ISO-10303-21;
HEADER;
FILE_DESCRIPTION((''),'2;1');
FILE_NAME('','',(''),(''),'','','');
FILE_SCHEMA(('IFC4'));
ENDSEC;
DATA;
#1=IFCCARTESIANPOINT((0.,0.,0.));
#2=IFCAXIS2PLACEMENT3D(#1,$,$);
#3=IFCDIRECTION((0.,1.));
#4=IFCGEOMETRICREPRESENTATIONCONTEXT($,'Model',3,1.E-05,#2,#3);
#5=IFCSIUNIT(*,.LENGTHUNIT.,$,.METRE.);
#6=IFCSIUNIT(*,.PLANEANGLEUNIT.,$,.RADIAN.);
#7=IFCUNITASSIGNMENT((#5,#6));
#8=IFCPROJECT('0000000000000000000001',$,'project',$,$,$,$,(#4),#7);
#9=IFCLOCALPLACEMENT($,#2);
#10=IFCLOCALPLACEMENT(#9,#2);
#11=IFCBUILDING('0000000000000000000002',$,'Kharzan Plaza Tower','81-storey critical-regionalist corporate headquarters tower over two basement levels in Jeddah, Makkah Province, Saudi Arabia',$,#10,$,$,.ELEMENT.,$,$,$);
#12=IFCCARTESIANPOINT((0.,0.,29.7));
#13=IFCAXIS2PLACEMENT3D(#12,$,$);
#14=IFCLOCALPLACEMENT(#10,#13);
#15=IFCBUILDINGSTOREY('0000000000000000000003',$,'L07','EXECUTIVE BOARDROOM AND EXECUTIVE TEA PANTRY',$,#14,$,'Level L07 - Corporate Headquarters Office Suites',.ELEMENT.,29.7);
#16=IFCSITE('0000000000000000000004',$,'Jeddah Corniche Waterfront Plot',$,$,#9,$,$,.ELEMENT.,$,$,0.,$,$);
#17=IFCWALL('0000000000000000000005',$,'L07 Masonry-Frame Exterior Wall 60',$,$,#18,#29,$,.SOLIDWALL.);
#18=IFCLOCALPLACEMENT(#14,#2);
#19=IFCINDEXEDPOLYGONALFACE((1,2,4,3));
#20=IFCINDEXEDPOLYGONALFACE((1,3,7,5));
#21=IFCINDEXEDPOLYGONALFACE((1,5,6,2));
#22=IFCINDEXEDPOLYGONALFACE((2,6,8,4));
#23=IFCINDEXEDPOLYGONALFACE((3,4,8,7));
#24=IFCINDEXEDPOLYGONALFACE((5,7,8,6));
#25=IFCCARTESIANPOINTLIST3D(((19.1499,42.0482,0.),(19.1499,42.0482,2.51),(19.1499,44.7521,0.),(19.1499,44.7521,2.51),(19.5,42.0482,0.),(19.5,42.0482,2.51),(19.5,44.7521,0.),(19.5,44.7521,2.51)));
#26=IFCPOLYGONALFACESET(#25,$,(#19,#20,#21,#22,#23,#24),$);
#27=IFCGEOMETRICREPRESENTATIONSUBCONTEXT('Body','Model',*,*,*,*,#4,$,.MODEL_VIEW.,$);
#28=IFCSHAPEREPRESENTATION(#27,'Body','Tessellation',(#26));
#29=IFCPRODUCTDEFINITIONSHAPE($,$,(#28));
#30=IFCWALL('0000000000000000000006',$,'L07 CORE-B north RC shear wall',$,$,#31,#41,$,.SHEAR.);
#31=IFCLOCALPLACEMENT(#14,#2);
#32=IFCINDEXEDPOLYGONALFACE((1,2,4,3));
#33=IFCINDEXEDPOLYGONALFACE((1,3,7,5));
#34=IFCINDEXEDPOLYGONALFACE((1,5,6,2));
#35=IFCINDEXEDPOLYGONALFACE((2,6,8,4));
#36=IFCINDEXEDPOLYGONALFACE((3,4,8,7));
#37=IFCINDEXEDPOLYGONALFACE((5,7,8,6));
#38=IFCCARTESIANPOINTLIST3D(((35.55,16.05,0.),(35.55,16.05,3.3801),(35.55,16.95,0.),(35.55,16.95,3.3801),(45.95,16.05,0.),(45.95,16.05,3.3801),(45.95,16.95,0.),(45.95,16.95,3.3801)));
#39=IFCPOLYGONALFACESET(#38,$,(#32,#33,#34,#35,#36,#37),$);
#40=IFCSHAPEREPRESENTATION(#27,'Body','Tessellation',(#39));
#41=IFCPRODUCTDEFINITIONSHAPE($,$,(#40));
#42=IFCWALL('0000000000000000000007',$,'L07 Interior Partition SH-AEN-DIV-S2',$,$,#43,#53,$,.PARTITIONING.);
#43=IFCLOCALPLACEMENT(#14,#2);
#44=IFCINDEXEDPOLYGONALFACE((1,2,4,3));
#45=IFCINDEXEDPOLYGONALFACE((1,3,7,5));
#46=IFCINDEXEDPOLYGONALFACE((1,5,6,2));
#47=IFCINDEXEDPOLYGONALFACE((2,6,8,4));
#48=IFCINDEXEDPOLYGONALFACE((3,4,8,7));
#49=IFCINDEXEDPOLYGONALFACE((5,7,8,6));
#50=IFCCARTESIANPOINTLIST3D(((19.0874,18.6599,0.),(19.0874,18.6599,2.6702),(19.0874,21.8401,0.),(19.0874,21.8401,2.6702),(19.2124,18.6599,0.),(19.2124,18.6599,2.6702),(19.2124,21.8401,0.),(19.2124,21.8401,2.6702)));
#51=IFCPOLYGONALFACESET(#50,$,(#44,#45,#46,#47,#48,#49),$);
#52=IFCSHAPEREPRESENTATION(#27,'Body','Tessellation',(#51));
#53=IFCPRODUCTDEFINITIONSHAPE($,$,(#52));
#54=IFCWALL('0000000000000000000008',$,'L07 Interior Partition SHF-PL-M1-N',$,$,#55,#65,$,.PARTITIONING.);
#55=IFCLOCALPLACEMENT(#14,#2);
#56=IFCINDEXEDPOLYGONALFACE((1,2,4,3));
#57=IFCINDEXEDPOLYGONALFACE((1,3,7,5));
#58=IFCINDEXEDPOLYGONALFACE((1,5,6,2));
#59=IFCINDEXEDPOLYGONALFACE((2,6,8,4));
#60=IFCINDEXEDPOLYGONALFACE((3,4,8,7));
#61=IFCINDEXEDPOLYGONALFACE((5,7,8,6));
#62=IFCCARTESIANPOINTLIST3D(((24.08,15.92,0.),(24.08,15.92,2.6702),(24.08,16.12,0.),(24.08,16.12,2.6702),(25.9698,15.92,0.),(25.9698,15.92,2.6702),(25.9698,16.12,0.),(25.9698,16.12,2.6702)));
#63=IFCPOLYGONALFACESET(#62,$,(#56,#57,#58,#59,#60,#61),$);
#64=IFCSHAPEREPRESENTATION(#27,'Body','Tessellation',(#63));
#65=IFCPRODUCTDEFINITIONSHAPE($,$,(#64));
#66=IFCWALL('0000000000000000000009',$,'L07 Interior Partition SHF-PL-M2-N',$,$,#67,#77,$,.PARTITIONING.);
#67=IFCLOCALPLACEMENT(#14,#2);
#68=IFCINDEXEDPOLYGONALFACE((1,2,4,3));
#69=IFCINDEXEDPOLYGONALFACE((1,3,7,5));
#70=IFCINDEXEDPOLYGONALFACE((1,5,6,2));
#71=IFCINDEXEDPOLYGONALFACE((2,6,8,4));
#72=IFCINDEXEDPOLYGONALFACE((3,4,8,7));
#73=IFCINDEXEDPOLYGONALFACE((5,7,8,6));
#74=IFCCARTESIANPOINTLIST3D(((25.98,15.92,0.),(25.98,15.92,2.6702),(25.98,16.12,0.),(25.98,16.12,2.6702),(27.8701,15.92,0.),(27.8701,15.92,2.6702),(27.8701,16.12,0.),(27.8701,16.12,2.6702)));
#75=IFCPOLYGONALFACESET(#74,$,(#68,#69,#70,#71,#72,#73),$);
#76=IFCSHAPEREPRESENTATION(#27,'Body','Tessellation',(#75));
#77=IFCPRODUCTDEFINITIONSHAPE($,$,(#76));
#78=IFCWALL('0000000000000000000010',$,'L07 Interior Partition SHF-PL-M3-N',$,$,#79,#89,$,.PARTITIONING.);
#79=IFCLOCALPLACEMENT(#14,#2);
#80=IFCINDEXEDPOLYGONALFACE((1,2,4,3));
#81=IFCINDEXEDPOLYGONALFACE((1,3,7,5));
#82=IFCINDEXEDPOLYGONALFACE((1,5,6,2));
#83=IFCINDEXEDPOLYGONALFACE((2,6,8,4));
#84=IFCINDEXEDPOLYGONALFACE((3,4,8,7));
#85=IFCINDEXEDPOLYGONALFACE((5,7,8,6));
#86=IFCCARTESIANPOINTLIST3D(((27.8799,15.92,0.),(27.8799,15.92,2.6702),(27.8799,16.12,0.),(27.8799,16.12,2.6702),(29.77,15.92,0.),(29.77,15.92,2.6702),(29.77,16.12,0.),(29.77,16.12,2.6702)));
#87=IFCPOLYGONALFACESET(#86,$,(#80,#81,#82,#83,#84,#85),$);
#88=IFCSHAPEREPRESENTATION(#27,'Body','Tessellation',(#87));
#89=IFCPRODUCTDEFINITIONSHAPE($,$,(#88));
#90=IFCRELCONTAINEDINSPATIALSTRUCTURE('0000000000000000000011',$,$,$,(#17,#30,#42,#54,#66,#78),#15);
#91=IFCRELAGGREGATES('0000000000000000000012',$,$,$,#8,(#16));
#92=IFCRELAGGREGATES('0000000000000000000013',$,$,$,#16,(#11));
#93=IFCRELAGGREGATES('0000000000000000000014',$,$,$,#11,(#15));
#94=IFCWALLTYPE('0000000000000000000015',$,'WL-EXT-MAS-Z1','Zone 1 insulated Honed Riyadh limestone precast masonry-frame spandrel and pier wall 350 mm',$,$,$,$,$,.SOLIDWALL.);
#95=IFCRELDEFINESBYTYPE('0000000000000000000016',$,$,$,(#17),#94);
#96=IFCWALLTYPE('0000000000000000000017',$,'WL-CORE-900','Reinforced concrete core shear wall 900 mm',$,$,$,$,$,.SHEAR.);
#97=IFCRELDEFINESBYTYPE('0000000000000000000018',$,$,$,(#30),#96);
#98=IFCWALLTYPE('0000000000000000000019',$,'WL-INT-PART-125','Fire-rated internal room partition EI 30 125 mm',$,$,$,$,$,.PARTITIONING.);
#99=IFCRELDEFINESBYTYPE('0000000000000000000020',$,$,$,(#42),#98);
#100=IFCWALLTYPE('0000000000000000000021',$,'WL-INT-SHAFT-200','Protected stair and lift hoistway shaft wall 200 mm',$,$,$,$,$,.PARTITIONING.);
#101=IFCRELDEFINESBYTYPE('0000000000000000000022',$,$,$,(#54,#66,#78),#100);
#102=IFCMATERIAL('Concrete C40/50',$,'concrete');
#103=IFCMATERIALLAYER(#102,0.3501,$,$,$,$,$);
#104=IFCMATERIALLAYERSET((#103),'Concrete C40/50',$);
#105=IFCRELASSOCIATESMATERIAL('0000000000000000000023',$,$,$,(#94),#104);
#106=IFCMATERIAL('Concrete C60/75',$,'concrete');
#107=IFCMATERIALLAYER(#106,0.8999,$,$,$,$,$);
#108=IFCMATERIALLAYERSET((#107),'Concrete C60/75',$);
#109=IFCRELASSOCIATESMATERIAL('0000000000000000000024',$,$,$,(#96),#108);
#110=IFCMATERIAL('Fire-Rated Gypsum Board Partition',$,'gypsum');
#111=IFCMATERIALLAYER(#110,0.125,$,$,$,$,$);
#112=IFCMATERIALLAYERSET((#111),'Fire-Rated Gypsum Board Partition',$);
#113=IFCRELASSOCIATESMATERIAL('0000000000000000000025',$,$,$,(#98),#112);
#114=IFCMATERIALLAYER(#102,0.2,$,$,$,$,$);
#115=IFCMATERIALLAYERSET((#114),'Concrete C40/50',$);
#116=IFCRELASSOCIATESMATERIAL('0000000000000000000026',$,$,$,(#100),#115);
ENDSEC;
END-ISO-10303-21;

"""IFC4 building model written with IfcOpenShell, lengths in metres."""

from ifc_helpers import new_model, si_unit, direction, frame, frame_2d, origin, place, context, subcontext, project, spatial, rectangle, extrude, source, transform, mapped, material, layer, layer_set, type_object, element, save


model = new_model("IFC4")

# Units and contexts
model_context = context("Model", 3, precision=1e-05, world=origin(), true_north=direction((0.0, 1.0)))
body_context = subcontext(model_context, "Body", "Model", "MODEL_VIEW")
ifc_project = project(units=[si_unit("LENGTHUNIT", "METRE"), si_unit("PLANEANGLEUNIT", "RADIAN")], contexts=[model_context])

# Site, building, storey
site_placement = place(None, origin())
site = spatial("IfcSite", under=ifc_project, at=site_placement, Name="Jeddah Corniche Waterfront Plot", CompositionType="ELEMENT", RefElevation=0.0)
building_placement = place(site_placement, origin())
building = spatial("IfcBuilding", under=site, at=building_placement, Name="Kharzan Plaza Tower", Description="81-storey critical-regionalist corporate headquarters tower over two basement levels in Jeddah, Makkah Province, Saudi Arabia", CompositionType="ELEMENT")
storey_placement = place(building_placement, frame((0.0, 0.0, 29.7)))
storey = spatial("IfcBuildingStorey", under=building, at=storey_placement, Name="L07", Description="EXECUTIVE BOARDROOM AND EXECUTIVE TEA PANTRY", LongName="Level L07 - Corporate Headquarters Office Suites", CompositionType="ELEMENT", Elevation=29.7)

# Shared definitions
ifc_material_1 = material(Name="Concrete C60/75", Category="concrete")

# Shared definitions
ifc_material_2 = material(Name="Concrete C40/50", Category="concrete")
ifc_layer_1 = layer(ifc_material_2, 0.3501)
ifc_layer_set_1 = layer_set([ifc_layer_1], Name="Concrete C40/50")
wall_type_1 = type_object("IfcWallType", Name="WL-EXT-MAS-Z1", Description="Zone 1 insulated Honed Riyadh limestone precast masonry-frame spandrel and pier wall 350 mm", PredefinedType="SOLIDWALL", material=ifc_layer_set_1)

# Walls
shared_shape_1 = source(origin(), body_context, "Body", "SweptSolid", [
    extrude(rectangle(XDim=2.7039, YDim=0.3501, at=frame_2d((1.3521, 0.0))), origin(), (0.0, 0.0, 1.0), 2.51),
])
wall_1_placement = place(storey_placement, frame((19.325, 42.0481, 0.0), z_axis=(0.0, 0.0, 1.0), x_axis=(0.0, 1.0, 0.0)))
element("IfcWall", 1, at=wall_1_placement, inside=storey, type_object=wall_type_1, Name="L07 Masonry-Frame Exterior Wall 60", PredefinedType="SOLIDWALL", context=body_context, shape_type="MappedRepresentation", body=[
    mapped(shared_shape_1, transform((0.0, 0.0, 0.0), x_axis=(1.0, 0.0, 0.0), y_axis=(0.0, 1.0, 0.0), z_axis=(0.0, 0.0, 1.0))),
])
ifc_layer_2 = layer(ifc_material_1, 0.8999)
ifc_layer_set_2 = layer_set([ifc_layer_2], Name="Concrete C60/75")
wall_type_2 = type_object("IfcWallType", Name="WL-CORE-900", Description="Reinforced concrete core shear wall 900 mm", PredefinedType="SHEAR", material=ifc_layer_set_2)
shared_shape_2 = source(origin(), body_context, "Body", "SweptSolid", [
    extrude(rectangle(XDim=10.3999, YDim=0.8999, at=frame_2d((5.2, 0.0))), origin(), (0.0, 0.0, 1.0), 3.3801),
])
wall_2_placement = place(storey_placement, frame((35.55, 16.5, 0.0), z_axis=(0.0, 0.0, 1.0), x_axis=(1.0, 0.0, 0.0)))
element("IfcWall", 2, at=wall_2_placement, inside=storey, type_object=wall_type_2, Name="L07 CORE-B north RC shear wall", PredefinedType="SHEAR", context=body_context, shape_type="MappedRepresentation", body=[
    mapped(shared_shape_2, transform((0.0, 0.0, 0.0), x_axis=(1.0, 0.0, 0.0), y_axis=(0.0, 1.0, 0.0), z_axis=(0.0, 0.0, 1.0))),
])
ifc_material_3 = material(Name="Fire-Rated Gypsum Board Partition", Category="gypsum")
ifc_layer_3 = layer(ifc_material_3, 0.125)
ifc_layer_set_3 = layer_set([ifc_layer_3], Name="Fire-Rated Gypsum Board Partition")
wall_type_3 = type_object("IfcWallType", Name="WL-INT-PART-125", Description="Fire-rated internal room partition EI 30 125 mm", PredefinedType="PARTITIONING", material=ifc_layer_set_3)
shared_shape_3 = source(origin(), body_context, "Body", "SweptSolid", [
    extrude(rectangle(XDim=3.1802, YDim=0.125, at=frame_2d((1.5901, 0.0))), origin(), (0.0, 0.0, 1.0), 2.6702),
])
wall_3_placement = place(storey_placement, frame((19.1499, 18.6599, 0.0), z_axis=(0.0, 0.0, 1.0), x_axis=(0.0, 1.0, 0.0)))
element("IfcWall", 3, at=wall_3_placement, inside=storey, type_object=wall_type_3, Name="L07 Interior Partition SH-AEN-DIV-S2", PredefinedType="PARTITIONING", context=body_context, shape_type="MappedRepresentation", body=[
    mapped(shared_shape_3, transform((0.0, 0.0, 0.0), x_axis=(1.0, 0.0, 0.0), y_axis=(0.0, 1.0, 0.0), z_axis=(0.0, 0.0, 1.0))),
])
ifc_layer_4 = layer(ifc_material_2, 0.2)
ifc_layer_set_4 = layer_set([ifc_layer_4], Name="Concrete C40/50")
wall_type_4 = type_object("IfcWallType", Name="WL-INT-SHAFT-200", Description="Protected stair and lift hoistway shaft wall 200 mm", PredefinedType="PARTITIONING", material=ifc_layer_set_4)
shared_shape_4 = source(origin(), body_context, "Body", "SweptSolid", [
    extrude(rectangle(XDim=1.8899, YDim=0.2, at=frame_2d((0.9448, 0.0))), origin(), (0.0, 0.0, 1.0), 2.6702),
])
wall_4_placement = place(storey_placement, frame((24.0801, 16.02, 0.0), z_axis=(0.0, 0.0, 1.0), x_axis=(1.0, 0.0, 0.0)))
element("IfcWall", 4, at=wall_4_placement, inside=storey, type_object=wall_type_4, Name="L07 Interior Partition SHF-PL-M1-N", PredefinedType="PARTITIONING", context=body_context, shape_type="MappedRepresentation", body=[
    mapped(shared_shape_4, transform((0.0, 0.0, 0.0), x_axis=(1.0, 0.0, 0.0), y_axis=(0.0, 1.0, 0.0), z_axis=(0.0, 0.0, 1.0))),
])
shared_shape_5 = source(origin(), body_context, "Body", "SweptSolid", [
    extrude(rectangle(XDim=1.8901, YDim=0.2, at=frame_2d((0.9451, 0.0))), origin(), (0.0, 0.0, 1.0), 2.6702),
])
for number, where, z_axis, x_axis, name in (
    (5, (25.98, 16.02, 0.0), (0.0, 0.0, 1.0), (1.0, 0.0, 0.0), "L07 Interior Partition SHF-PL-M2-N"),
    (6, (27.8799, 16.02, 0.0), (0.0, 0.0, 1.0), (1.0, 0.0, 0.0), "L07 Interior Partition SHF-PL-M3-N"),
):
    element("IfcWall", number, at=place(storey_placement, frame(where, z_axis=z_axis, x_axis=x_axis)), inside=storey, type_object=wall_type_4, Name=name, PredefinedType="PARTITIONING", context=body_context, shape_type="MappedRepresentation", body=[
        mapped(shared_shape_5, transform((0.0, 0.0, 0.0), x_axis=(1.0, 0.0, 0.0), y_axis=(0.0, 1.0, 0.0), z_axis=(0.0, 0.0, 1.0))),
    ])

save(model, "model.ifc")
